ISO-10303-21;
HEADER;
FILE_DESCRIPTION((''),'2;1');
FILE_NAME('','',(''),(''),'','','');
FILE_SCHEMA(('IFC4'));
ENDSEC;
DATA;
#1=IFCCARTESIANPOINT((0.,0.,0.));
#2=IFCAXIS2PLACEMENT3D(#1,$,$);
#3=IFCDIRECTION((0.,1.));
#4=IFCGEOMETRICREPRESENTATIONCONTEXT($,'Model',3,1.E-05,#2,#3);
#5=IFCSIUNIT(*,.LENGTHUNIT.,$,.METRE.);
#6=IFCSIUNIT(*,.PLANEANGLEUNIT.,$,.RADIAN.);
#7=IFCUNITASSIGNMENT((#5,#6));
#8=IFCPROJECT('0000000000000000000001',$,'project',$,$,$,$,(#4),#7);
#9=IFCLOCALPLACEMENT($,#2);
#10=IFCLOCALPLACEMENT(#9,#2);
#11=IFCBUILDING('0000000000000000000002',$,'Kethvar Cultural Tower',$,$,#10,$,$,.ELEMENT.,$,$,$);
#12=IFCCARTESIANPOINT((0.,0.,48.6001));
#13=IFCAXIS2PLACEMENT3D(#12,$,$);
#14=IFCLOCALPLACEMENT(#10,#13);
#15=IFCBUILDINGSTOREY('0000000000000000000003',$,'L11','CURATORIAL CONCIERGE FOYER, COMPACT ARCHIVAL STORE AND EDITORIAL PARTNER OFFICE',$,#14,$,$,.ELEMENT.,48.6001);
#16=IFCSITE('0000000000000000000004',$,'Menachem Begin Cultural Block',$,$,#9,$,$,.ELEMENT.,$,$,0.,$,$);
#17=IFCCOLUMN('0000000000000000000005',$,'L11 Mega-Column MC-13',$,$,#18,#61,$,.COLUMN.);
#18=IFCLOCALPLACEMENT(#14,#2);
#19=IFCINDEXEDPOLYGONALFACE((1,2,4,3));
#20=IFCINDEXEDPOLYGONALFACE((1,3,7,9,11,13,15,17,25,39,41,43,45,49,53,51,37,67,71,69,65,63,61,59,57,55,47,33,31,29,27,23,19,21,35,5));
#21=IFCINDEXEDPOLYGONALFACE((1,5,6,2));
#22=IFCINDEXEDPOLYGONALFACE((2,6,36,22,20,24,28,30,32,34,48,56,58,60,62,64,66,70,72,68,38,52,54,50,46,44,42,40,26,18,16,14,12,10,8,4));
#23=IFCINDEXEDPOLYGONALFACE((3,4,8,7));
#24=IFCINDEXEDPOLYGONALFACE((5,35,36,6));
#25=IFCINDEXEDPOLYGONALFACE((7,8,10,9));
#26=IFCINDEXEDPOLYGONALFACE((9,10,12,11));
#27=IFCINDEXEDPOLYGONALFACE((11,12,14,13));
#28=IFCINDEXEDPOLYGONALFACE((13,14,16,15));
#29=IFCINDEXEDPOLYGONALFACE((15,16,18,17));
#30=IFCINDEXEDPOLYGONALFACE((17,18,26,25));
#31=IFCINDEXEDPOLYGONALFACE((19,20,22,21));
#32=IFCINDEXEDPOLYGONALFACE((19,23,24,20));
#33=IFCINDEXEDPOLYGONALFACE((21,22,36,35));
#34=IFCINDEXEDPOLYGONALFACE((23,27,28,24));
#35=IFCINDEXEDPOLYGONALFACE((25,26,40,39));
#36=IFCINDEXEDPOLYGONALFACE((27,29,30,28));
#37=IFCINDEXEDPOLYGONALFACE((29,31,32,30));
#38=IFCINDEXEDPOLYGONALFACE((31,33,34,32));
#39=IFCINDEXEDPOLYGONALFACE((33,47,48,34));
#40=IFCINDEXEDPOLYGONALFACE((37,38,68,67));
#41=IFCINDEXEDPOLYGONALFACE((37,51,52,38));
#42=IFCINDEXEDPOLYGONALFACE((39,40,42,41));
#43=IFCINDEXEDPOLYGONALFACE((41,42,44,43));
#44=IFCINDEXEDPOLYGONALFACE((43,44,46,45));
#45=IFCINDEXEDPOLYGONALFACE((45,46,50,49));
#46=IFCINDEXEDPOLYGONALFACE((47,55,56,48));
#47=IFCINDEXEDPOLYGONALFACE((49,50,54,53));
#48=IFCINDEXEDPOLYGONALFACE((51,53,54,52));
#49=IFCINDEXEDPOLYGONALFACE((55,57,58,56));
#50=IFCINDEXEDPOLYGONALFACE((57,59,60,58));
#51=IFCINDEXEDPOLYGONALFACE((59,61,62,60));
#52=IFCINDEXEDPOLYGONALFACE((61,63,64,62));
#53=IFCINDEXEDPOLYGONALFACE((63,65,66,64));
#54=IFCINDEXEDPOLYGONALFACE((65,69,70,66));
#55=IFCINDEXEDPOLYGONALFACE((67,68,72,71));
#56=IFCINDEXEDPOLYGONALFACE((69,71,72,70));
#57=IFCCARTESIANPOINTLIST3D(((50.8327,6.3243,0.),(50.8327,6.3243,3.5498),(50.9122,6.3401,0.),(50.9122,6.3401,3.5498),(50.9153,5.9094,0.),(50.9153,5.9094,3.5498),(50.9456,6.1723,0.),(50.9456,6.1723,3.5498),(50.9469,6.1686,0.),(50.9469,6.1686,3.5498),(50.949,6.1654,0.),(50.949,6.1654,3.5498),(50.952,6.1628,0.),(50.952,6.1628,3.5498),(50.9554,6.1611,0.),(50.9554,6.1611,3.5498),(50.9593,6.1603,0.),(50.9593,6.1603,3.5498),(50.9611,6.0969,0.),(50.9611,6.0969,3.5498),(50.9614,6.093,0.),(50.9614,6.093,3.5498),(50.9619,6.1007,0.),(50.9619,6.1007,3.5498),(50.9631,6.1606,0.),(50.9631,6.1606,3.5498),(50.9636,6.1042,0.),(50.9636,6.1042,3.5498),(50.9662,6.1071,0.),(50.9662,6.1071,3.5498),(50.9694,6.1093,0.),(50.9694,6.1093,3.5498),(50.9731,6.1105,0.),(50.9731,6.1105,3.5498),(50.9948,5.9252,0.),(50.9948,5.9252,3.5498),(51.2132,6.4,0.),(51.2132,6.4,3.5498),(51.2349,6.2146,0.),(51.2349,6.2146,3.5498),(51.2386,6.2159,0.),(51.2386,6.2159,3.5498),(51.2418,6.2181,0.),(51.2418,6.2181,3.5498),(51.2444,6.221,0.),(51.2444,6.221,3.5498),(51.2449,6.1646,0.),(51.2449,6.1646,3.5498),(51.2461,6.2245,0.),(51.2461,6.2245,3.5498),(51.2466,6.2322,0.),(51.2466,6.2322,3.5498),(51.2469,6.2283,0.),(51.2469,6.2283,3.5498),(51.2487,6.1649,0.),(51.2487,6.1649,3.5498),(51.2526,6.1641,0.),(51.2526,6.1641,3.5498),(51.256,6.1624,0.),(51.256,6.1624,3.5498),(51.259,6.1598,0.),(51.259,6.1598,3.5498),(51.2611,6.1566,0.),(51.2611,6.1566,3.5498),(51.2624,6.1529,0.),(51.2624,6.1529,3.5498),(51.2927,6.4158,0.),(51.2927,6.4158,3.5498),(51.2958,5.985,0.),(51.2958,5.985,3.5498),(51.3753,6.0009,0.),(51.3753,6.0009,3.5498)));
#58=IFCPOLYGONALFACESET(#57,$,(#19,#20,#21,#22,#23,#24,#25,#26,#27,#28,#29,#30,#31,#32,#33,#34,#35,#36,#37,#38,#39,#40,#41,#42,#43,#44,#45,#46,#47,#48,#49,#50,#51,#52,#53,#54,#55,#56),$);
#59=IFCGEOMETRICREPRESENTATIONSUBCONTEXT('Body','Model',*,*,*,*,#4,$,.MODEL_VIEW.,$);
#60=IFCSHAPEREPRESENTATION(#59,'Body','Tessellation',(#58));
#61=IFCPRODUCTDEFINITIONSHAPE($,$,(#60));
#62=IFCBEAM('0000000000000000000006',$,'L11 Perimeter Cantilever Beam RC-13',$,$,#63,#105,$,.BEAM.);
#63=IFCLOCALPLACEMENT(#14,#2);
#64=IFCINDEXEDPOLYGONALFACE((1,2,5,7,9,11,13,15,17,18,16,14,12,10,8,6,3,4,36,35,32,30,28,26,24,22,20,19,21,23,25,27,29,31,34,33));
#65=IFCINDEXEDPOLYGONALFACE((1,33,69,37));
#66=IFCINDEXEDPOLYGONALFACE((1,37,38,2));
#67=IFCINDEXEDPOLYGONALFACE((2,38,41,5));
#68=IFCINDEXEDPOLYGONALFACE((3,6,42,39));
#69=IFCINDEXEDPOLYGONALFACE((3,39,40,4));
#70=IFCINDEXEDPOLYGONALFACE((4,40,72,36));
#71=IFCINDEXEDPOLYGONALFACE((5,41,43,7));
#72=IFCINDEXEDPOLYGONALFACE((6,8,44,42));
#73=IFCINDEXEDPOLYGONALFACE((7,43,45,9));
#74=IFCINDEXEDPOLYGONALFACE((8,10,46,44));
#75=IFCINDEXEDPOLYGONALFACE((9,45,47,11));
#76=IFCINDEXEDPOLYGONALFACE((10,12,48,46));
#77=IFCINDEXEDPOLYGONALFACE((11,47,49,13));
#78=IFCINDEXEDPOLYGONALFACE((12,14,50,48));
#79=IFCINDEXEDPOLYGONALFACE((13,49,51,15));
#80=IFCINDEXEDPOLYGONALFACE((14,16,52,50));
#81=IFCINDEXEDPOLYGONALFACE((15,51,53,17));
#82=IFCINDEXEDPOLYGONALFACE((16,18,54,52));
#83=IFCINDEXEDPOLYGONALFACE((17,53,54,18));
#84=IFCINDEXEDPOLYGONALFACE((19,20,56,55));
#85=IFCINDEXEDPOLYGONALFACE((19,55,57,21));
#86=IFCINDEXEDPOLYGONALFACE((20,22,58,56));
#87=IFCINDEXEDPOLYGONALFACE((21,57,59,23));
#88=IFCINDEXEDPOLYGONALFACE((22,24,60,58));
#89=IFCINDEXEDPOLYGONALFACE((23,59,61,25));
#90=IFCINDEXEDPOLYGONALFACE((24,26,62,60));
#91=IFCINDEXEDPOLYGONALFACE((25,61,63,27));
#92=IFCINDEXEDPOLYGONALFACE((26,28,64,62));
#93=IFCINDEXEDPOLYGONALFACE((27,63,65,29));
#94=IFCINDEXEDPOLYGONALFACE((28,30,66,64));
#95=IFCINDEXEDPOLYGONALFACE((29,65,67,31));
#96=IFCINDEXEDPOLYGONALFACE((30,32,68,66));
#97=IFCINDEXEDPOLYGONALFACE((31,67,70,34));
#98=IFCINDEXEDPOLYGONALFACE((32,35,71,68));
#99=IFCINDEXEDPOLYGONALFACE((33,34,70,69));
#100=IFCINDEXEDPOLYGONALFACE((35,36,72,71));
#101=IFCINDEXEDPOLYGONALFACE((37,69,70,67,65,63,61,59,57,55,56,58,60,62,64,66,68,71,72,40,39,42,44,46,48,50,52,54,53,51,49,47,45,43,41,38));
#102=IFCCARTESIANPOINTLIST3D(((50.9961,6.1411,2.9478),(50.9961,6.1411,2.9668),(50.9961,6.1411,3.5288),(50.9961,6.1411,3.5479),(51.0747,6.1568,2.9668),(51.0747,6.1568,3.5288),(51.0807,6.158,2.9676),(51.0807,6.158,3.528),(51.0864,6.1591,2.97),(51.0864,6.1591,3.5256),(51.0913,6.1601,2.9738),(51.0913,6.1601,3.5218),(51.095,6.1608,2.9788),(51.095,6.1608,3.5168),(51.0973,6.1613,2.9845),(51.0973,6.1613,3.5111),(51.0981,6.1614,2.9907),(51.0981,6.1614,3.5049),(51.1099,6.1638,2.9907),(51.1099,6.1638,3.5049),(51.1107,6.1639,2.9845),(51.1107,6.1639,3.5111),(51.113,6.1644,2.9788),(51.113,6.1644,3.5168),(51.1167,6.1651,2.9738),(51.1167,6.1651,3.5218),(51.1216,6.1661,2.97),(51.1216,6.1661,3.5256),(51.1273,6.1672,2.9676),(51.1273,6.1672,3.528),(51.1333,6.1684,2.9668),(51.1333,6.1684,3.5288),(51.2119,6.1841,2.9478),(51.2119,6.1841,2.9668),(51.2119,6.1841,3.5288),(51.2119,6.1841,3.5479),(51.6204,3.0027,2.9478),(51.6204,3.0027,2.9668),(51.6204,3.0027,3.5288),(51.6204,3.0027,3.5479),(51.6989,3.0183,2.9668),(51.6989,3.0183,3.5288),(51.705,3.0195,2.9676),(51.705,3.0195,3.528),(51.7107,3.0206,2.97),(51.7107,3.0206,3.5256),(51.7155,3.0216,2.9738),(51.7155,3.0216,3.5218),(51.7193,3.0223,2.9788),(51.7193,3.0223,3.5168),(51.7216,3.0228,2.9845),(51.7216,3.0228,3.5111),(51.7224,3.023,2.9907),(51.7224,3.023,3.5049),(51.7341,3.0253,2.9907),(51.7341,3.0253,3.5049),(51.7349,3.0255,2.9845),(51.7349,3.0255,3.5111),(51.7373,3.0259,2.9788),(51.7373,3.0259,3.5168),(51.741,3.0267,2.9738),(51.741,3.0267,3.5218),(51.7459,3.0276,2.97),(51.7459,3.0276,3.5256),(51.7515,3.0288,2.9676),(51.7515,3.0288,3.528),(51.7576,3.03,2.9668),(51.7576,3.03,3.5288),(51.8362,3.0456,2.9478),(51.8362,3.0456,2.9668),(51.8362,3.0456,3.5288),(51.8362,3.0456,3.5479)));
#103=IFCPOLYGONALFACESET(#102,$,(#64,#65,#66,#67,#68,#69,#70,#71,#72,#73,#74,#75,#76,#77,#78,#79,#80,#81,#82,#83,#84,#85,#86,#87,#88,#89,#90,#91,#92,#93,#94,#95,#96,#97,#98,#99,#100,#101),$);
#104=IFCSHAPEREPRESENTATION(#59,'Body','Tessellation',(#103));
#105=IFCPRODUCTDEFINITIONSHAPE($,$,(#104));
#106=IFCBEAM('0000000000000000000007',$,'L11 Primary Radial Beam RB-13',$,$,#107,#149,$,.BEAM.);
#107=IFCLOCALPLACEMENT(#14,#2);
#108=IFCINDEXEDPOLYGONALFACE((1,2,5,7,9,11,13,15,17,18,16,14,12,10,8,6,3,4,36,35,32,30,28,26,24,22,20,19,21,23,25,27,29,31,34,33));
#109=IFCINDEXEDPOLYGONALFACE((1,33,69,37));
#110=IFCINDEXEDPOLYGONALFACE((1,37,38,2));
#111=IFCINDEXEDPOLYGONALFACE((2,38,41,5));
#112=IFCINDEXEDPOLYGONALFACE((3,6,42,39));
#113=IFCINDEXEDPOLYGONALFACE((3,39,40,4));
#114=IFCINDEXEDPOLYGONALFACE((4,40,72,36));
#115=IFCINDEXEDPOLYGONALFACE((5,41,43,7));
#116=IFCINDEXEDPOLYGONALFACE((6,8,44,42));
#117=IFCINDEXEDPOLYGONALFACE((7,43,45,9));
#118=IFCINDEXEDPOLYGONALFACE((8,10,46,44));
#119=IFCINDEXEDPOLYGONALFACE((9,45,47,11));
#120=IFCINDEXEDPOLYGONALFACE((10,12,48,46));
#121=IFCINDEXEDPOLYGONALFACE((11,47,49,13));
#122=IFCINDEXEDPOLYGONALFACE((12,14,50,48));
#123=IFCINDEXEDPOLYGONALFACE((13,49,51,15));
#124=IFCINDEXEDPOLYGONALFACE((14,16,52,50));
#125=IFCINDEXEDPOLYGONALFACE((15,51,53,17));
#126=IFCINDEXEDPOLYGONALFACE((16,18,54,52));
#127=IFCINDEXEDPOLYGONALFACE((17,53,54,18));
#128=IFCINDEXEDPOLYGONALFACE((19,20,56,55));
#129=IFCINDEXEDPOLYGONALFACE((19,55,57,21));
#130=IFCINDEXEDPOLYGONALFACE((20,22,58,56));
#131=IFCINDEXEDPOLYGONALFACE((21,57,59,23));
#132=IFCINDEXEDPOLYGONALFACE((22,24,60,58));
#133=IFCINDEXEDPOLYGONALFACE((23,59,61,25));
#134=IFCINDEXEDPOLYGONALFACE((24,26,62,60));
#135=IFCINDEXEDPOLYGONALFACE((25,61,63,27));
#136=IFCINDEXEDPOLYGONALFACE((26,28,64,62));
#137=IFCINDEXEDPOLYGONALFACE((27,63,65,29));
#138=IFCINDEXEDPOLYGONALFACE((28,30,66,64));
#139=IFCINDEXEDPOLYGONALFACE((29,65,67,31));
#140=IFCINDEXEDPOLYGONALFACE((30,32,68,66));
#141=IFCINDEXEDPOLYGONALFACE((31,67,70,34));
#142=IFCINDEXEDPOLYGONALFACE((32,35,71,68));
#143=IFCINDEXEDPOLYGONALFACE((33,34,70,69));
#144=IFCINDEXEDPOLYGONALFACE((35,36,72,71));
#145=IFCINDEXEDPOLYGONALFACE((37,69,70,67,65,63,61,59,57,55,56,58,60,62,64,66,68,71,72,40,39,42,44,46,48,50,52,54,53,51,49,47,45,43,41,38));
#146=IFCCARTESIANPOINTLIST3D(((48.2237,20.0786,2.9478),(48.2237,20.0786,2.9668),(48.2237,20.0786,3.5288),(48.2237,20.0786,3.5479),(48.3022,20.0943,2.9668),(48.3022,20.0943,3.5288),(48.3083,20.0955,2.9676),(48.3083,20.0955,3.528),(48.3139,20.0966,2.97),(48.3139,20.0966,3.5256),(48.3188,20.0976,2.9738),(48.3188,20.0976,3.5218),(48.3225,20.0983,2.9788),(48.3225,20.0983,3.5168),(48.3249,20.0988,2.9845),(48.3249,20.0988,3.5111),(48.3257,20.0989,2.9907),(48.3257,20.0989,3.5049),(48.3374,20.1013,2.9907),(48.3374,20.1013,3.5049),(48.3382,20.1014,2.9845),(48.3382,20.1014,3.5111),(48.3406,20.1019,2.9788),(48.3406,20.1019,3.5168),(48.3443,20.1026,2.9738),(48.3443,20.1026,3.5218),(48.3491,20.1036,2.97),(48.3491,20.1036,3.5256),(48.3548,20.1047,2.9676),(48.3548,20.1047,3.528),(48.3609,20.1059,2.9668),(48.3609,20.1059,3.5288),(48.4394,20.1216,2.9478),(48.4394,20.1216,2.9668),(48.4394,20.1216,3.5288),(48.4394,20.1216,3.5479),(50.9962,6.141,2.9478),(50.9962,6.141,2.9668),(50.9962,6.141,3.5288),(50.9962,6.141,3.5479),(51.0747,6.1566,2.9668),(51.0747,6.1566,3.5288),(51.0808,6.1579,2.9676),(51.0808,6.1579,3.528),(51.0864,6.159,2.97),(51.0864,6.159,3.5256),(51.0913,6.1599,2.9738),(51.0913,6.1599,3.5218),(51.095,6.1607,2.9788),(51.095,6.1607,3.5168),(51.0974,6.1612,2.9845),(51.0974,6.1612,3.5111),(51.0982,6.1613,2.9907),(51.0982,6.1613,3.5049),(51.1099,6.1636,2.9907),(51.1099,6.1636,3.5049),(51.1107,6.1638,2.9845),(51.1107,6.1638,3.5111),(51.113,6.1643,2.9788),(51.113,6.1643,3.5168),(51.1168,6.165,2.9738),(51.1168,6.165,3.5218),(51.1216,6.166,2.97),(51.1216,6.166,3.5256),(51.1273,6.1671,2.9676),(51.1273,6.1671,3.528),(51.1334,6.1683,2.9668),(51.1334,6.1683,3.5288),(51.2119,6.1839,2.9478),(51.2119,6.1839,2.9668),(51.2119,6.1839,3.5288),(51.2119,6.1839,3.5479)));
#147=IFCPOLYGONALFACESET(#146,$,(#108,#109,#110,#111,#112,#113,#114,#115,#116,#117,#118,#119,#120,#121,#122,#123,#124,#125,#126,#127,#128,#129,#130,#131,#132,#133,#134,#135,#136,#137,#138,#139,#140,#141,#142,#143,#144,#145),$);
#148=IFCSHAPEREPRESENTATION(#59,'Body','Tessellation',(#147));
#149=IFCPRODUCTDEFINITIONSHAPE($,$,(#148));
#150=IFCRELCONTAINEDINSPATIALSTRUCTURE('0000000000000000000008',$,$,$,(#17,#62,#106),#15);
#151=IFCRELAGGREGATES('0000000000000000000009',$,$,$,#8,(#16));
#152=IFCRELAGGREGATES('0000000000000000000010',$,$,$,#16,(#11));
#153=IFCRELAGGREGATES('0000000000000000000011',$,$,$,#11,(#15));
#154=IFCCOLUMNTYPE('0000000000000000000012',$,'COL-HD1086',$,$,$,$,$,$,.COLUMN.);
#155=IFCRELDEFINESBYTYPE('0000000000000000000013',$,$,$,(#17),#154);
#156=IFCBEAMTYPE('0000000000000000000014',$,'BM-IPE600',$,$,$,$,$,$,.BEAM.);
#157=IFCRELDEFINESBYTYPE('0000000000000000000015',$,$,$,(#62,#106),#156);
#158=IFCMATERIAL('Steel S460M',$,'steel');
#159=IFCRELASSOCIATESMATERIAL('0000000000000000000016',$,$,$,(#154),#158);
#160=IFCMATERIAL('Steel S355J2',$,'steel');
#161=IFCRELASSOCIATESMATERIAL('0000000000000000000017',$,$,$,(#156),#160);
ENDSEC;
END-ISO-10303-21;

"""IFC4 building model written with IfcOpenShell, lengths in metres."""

from ifc_helpers import new_model, si_unit, direction, frame, origin, origin_2d, place, context, subcontext, project, spatial, i_section, extrude, source, transform, mapped, material, material_profile, profile_set, type_object, element, save


model = new_model("IFC4")

# Units and contexts
model_context = context("Model", 3, precision=1e-05, world=origin(), true_north=direction((0.0, 1.0)))
body_context = subcontext(model_context, "Body", "Model", "MODEL_VIEW")
ifc_project = project(units=[si_unit("LENGTHUNIT", "METRE"), si_unit("PLANEANGLEUNIT", "RADIAN")], contexts=[model_context])

# Site, building, storey
site_placement = place(None, origin())
site = spatial("IfcSite", under=ifc_project, at=site_placement, Name="Menachem Begin Cultural Block", CompositionType="ELEMENT", RefElevation=0.0)
building_placement = place(site_placement, origin())
building = spatial("IfcBuilding", under=site, at=building_placement, Name="Kethvar Cultural Tower", CompositionType="ELEMENT")
storey_placement = place(building_placement, frame((0.0, 0.0, 48.6001)))
storey = spatial("IfcBuildingStorey", under=building, at=storey_placement, Name="L11", Description="CURATORIAL CONCIERGE FOYER, COMPACT ARCHIVAL STORE AND EDITORIAL PARTNER OFFICE", CompositionType="ELEMENT", Elevation=48.6001)

# Column
ifc_material_1 = material(Name="Steel S460M", Category="steel")
ifc_material_profile_1 = material_profile(ifc_material_1, i_section(OverallWidth=0.4231, OverallDepth=0.469, WebThickness=0.051, FlangeThickness=0.0811, FilletRadius=0.0149, at=origin_2d()), Name="Steel S460M — HD400x1086")
ifc_profile_set_1 = profile_set([ifc_material_profile_1], Name="Steel S460M — HD400x1086")
column_type = type_object("IfcColumnType", Name="COL-HD1086", PredefinedType="COLUMN", material=ifc_profile_set_1)
shared_shape_1 = source(origin(), body_context, "Body", "SweptSolid", [
    extrude(i_section(OverallWidth=0.4231, OverallDepth=0.469, WebThickness=0.051, FlangeThickness=0.0811, FilletRadius=0.0149, at=origin_2d()), origin(), (0.0, 0.0, 1.0), 3.5498),
])
column_placement = place(storey_placement, frame((51.104, 6.1626, 0.0), z_axis=(0.0, 0.0, 1.0), x_axis=(0.19509, -0.980785, 0.0)))
element("IfcColumn", 1, at=column_placement, inside=storey, type_object=column_type, Name="L11 Mega-Column MC-13", PredefinedType="COLUMN", context=body_context, shape_type="MappedRepresentation", body=[
    mapped(shared_shape_1, transform((0.0, 0.0, 0.0), scale=1.0)),
])

# Beams
ifc_material_2 = material(Name="Steel S355J2", Category="steel")
ifc_material_profile_2 = material_profile(ifc_material_2, i_section(OverallWidth=0.22, OverallDepth=0.6001, WebThickness=0.012, FlangeThickness=0.019, FilletRadius=0.0239, at=origin_2d()), Name="Steel S355J2 — IPE600")
ifc_profile_set_2 = profile_set([ifc_material_profile_2], Name="Steel S355J2 — IPE600")
beam_type_1 = type_object("IfcBeamType", Name="BM-IPE600", PredefinedType="BEAM", material=ifc_profile_set_2)
shared_shape_2 = source(origin(), body_context, "Body", "SweptSolid", [
    extrude(i_section(OverallWidth=0.22, OverallDepth=0.6001, WebThickness=0.012, FlangeThickness=0.019, FilletRadius=0.0239, at=origin_2d()), origin(), (0.0, 0.0, 1.0), 3.2),
])
beam_1_placement = place(storey_placement, frame((51.104, 6.1626, 3.2478), z_axis=(0.195089, -0.980786, 0.0), x_axis=(0.980786, 0.195089, 0.0)))
element("IfcBeam", 2, at=beam_1_placement, inside=storey, type_object=beam_type_1, Name="L11 Perimeter Cantilever Beam RC-13", PredefinedType="BEAM", context=body_context, shape_type="MappedRepresentation", body=[
    mapped(shared_shape_2, transform((0.0, 0.0, 0.0), scale=1.0)),
])
shared_shape_3 = source(origin(), body_context, "Body", "SweptSolid", [
    extrude(i_section(OverallWidth=0.22, OverallDepth=0.6001, WebThickness=0.012, FlangeThickness=0.019, FilletRadius=0.0239, at=origin_2d()), origin(), (0.0, 0.0, 1.0), 14.2107),
])
beam_2_placement = place(storey_placement, frame((48.3315, 20.1001, 3.2478), z_axis=(0.195098, -0.980784, 0.0), x_axis=(0.980784, 0.195098, 0.0)))
element("IfcBeam", 3, at=beam_2_placement, inside=storey, type_object=beam_type_1, Name="L11 Primary Radial Beam RB-13", PredefinedType="BEAM", context=body_context, shape_type="MappedRepresentation", body=[
    mapped(shared_shape_3, transform((0.0, 0.0, 0.0), scale=1.0)),
])

save(model, "model.ifc")
